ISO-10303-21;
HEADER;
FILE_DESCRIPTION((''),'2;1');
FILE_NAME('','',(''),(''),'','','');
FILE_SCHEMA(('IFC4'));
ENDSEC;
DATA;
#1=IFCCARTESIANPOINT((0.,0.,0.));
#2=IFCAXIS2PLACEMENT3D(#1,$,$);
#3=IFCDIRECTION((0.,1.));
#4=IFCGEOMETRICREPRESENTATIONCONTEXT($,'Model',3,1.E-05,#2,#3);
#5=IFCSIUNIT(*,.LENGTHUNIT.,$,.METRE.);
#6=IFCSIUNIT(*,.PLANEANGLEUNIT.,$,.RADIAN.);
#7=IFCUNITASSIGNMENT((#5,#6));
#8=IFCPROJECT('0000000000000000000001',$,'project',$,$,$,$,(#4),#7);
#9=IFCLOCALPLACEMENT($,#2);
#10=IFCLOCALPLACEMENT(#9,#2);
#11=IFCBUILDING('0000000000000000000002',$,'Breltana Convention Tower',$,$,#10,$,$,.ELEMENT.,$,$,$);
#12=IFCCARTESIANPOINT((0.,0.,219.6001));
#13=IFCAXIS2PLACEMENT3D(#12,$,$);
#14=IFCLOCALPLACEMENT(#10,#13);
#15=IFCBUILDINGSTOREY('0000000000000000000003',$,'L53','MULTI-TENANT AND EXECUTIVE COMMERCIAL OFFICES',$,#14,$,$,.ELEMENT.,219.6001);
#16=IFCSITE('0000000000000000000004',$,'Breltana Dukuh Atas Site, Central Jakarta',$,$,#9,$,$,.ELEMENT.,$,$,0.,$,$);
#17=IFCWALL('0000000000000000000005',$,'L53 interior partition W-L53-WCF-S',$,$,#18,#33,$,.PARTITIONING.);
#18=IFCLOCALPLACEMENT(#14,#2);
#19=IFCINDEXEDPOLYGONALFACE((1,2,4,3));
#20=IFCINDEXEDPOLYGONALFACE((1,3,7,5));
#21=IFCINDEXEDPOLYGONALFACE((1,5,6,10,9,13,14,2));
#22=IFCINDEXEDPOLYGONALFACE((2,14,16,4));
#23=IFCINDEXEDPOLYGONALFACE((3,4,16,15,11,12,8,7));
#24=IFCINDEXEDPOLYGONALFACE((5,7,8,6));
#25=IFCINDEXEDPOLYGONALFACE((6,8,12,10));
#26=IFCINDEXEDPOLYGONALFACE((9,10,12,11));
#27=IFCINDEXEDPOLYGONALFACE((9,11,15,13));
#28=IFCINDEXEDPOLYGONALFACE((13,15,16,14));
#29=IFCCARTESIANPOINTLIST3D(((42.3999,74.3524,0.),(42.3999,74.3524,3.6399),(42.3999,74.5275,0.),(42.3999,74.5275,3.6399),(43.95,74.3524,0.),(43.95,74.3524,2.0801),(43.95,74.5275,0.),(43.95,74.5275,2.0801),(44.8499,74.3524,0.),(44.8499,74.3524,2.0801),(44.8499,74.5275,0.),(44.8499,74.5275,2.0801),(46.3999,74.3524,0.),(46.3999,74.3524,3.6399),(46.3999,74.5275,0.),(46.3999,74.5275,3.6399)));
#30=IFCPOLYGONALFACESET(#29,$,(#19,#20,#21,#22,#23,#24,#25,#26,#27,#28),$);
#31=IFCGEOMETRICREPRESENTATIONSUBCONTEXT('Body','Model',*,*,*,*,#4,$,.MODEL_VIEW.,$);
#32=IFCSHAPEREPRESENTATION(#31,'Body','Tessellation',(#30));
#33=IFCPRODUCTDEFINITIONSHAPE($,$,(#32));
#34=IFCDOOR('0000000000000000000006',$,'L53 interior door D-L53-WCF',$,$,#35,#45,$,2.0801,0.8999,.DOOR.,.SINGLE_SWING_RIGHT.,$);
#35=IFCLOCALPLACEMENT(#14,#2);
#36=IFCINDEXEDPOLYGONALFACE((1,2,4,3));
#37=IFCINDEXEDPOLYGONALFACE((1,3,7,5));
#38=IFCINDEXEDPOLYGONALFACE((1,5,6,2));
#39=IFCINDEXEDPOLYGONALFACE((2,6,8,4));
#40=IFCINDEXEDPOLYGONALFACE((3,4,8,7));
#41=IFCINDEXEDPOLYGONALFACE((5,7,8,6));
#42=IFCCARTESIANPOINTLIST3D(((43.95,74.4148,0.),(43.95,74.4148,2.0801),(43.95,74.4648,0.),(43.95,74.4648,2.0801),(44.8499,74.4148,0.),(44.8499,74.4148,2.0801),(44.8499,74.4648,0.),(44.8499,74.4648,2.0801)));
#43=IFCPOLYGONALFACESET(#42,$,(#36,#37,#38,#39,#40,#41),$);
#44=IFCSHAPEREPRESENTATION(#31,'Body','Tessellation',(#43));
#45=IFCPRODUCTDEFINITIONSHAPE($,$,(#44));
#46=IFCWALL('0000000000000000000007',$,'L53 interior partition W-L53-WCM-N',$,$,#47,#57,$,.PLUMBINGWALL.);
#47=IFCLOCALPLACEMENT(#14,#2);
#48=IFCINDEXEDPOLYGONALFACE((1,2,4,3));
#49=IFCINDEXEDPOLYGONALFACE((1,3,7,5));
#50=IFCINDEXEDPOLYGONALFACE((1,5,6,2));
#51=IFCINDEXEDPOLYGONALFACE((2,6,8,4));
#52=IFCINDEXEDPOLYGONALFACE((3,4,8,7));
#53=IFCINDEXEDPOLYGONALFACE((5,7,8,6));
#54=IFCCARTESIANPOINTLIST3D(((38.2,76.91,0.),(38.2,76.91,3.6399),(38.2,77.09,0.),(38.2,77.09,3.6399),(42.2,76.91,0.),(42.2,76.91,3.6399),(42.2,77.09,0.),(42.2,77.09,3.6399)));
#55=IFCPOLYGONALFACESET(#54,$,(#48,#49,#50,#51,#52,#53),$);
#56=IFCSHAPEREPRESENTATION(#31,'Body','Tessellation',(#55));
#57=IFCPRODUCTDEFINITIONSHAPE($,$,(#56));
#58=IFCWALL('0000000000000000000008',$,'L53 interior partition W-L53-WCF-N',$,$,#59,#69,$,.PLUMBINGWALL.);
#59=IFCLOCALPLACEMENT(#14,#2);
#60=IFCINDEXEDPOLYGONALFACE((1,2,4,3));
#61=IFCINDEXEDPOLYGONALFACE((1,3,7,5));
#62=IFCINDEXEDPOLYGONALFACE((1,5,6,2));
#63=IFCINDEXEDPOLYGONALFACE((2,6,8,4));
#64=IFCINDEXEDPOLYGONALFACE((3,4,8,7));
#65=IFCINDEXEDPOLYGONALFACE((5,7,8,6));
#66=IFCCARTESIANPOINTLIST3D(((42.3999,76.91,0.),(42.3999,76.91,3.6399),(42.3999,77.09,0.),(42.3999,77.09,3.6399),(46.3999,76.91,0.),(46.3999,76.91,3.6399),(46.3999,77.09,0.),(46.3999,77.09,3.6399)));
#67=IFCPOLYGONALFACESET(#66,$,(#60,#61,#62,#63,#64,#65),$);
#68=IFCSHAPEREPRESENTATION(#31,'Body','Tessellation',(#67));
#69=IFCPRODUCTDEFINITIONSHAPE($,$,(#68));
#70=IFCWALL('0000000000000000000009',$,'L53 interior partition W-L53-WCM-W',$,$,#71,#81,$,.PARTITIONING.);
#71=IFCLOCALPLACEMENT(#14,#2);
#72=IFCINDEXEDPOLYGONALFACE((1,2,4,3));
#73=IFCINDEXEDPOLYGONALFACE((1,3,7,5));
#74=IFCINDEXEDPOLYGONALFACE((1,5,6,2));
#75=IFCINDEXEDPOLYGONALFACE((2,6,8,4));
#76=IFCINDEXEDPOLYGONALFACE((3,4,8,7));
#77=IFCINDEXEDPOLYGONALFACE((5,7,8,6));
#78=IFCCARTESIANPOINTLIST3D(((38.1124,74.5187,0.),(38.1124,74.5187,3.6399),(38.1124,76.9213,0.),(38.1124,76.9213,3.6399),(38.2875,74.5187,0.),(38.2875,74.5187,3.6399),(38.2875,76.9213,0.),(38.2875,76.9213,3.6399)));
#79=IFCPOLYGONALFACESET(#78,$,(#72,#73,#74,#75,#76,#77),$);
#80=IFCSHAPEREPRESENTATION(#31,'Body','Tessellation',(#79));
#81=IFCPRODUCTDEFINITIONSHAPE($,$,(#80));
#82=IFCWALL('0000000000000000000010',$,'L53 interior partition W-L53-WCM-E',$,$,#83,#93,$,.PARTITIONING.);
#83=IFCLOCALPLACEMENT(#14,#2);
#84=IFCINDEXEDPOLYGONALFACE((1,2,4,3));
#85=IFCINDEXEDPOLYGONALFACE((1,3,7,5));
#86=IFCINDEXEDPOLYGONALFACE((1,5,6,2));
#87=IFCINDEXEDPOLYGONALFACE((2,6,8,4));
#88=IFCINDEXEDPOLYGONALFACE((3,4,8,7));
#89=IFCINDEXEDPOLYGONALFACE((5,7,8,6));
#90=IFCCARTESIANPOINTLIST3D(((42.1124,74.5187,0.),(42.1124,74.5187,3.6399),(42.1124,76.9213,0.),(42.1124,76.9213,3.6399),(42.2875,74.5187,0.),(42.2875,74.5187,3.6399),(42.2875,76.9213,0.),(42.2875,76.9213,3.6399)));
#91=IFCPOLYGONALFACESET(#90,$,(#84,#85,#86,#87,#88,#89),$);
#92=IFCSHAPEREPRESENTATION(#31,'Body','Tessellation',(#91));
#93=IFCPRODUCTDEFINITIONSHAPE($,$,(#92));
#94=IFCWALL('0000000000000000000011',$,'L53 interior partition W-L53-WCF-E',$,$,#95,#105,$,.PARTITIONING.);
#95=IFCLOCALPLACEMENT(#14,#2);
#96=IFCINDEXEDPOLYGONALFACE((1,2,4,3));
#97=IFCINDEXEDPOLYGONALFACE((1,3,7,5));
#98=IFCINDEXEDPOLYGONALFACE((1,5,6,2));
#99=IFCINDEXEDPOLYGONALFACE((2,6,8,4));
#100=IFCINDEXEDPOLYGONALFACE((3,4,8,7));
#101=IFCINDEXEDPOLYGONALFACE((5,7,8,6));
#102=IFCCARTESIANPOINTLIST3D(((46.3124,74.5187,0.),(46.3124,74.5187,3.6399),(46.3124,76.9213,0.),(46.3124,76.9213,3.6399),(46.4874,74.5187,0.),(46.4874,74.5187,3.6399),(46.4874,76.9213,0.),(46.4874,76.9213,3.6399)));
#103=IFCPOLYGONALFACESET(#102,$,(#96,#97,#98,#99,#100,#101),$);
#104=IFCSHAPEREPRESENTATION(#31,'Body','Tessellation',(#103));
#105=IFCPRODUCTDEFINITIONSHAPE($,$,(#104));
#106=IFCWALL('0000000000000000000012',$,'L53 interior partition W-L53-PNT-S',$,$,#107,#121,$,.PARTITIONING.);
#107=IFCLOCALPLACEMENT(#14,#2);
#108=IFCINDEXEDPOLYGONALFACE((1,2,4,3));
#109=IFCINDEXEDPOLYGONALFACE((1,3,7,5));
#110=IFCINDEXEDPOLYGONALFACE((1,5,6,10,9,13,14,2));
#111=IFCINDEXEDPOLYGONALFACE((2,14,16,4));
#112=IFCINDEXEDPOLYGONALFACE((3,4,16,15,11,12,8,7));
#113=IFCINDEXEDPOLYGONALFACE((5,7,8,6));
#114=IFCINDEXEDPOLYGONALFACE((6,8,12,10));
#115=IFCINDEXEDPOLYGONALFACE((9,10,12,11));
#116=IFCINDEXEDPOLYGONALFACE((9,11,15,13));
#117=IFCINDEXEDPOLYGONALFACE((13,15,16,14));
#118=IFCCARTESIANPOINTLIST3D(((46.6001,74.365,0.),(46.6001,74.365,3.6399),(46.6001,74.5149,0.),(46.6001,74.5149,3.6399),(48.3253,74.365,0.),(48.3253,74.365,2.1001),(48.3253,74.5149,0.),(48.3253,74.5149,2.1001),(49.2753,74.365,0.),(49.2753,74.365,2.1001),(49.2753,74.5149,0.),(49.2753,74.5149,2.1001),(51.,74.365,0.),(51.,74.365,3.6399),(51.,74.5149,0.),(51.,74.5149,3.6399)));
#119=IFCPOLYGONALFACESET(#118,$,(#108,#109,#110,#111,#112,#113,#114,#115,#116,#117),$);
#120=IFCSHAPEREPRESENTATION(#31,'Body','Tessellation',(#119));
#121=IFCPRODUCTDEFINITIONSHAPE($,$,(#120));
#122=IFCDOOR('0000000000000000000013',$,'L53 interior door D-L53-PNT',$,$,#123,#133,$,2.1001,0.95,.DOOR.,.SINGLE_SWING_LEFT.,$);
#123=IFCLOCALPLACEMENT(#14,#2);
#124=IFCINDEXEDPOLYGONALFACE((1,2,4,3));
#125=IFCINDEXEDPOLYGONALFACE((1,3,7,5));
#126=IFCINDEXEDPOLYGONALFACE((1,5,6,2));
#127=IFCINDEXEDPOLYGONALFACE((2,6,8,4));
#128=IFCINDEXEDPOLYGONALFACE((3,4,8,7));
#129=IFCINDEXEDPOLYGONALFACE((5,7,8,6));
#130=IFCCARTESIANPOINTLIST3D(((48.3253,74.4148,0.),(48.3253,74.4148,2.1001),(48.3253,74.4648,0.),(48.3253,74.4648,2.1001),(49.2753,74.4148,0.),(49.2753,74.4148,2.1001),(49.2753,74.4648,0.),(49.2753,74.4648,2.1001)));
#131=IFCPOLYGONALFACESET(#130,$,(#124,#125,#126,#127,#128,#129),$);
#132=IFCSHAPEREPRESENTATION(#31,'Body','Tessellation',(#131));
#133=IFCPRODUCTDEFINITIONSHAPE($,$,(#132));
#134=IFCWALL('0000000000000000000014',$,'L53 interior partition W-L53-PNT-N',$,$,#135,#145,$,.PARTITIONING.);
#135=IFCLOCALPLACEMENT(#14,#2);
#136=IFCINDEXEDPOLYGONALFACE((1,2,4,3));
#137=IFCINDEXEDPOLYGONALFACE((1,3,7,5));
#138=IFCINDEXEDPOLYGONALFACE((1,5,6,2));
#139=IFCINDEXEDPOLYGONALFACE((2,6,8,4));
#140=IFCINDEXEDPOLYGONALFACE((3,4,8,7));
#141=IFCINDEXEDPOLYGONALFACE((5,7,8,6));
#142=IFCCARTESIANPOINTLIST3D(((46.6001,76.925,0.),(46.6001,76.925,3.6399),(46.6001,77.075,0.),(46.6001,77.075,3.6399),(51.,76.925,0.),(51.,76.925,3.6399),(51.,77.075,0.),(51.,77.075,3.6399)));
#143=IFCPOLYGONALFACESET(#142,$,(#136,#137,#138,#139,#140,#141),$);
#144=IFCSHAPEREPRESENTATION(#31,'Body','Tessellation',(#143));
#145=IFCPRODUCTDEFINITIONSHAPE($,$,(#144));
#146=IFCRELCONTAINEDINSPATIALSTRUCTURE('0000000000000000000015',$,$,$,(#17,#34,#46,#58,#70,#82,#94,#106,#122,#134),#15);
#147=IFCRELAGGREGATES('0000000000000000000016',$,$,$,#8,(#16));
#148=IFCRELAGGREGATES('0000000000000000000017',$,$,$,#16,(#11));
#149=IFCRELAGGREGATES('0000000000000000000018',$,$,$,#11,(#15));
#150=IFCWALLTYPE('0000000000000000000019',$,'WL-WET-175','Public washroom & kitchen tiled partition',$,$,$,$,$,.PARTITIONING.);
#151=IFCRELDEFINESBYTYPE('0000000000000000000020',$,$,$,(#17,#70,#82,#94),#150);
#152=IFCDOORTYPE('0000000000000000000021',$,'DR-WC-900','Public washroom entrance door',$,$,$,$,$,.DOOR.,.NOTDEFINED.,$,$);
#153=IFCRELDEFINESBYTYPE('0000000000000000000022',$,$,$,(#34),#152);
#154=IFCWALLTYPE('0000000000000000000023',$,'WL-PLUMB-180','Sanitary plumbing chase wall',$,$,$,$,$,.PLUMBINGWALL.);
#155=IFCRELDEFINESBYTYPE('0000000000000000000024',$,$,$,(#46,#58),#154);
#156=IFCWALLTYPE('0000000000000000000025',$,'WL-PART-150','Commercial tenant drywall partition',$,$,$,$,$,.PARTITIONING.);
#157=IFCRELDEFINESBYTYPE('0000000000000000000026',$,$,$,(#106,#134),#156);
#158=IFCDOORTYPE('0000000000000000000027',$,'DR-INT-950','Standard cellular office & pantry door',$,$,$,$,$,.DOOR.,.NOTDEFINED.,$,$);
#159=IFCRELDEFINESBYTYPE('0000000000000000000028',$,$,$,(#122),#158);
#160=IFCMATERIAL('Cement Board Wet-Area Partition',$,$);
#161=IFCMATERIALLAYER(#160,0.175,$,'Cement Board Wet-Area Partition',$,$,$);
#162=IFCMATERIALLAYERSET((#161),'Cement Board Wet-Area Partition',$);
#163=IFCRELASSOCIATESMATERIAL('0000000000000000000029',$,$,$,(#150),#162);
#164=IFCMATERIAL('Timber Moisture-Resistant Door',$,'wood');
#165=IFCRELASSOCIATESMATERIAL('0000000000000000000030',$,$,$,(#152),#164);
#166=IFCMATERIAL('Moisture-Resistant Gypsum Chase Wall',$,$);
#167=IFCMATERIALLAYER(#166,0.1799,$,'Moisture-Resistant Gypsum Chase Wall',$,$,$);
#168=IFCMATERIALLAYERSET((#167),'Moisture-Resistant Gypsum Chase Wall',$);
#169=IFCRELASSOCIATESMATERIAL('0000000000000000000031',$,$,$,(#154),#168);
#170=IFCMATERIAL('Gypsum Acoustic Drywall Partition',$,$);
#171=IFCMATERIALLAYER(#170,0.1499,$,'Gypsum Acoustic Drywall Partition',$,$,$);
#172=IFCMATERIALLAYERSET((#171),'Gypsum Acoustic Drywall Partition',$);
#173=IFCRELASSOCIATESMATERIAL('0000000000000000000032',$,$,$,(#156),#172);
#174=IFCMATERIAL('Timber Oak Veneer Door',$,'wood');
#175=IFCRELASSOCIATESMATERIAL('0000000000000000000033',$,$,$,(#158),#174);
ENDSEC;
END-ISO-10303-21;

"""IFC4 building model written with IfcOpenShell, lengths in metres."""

from ifc_helpers import new_model, si_unit, direction, frame, frame_2d, origin, place, context, subcontext, project, spatial, rectangle, extrude, source, transform, mapped, material, layer, layer_set, type_object, type_shapes, element, fill, save


model = new_model("IFC4")

# Units and contexts
model_context = context("Model", 3, precision=1e-05, world=origin(), true_north=direction((0.0, 1.0)))
body_context = subcontext(model_context, "Body", "Model", "MODEL_VIEW")
ifc_project = project(units=[si_unit("LENGTHUNIT", "METRE"), si_unit("PLANEANGLEUNIT", "RADIAN")], contexts=[model_context])

# Site, building, storey
site_placement = place(None, origin())
site = spatial("IfcSite", under=ifc_project, at=site_placement, Name="Breltana Dukuh Atas Site, Central Jakarta", CompositionType="ELEMENT", RefElevation=0.0)
building_placement = place(site_placement, origin())
building = spatial("IfcBuilding", under=site, at=building_placement, Name="Breltana Convention Tower", CompositionType="ELEMENT")
storey_placement = place(building_placement, frame((0.0, 0.0, 219.6001)))
storey = spatial("IfcBuildingStorey", under=building, at=storey_placement, Name="L53", Description="MULTI-TENANT AND EXECUTIVE COMMERCIAL OFFICES", CompositionType="ELEMENT", Elevation=219.6001)

# Wall, opening, door
ifc_material_1 = material(Name="Cement Board Wet-Area Partition")
ifc_layer_1 = layer(ifc_material_1, 0.175, Name="Cement Board Wet-Area Partition")
ifc_layer_set_1 = layer_set([ifc_layer_1], Name="Cement Board Wet-Area Partition")
wall_type_1 = type_object("IfcWallType", Name="WL-WET-175", Description="Public washroom & kitchen tiled partition", PredefinedType="PARTITIONING", material=ifc_layer_set_1)
shared_shape_1 = source(origin(), body_context, "Body", "SweptSolid", [
    extrude(rectangle(XDim=4.0, YDim=0.175, at=frame_2d((2.0, 0.0))), origin(), (0.0, 0.0, 1.0), 3.6399),
])
ifc_material_2 = material(Name="Timber Moisture-Resistant Door", Category="wood")
door_type_1 = type_object("IfcDoorType", Name="DR-WC-900", Description="Public washroom entrance door", OperationType="NOTDEFINED", PredefinedType="DOOR", material=ifc_material_2)
shared_shape_2 = source(origin(), body_context, "Body", "SweptSolid", [
    extrude(rectangle(XDim=0.8999, YDim=2.0801, at=frame_2d((0.45, 1.04))), frame((0.0, 0.0249, 0.0), z_axis=(0.0, -1.0, 0.0), x_axis=(1.0, 0.0, 0.0)), (0.0, 0.0, 1.0), 0.05),
])
type_shapes(door_type_1, [shared_shape_2])
wall_1_placement = place(storey_placement, frame((42.3999, 74.4399, 0.0), z_axis=(0.0, 0.0, 1.0), x_axis=(1.0, 0.0, 0.0)))
wall_1 = element("IfcWall", 1, at=wall_1_placement, inside=storey, type_object=wall_type_1, Name="L53 interior partition W-L53-WCF-S", PredefinedType="PARTITIONING", context=body_context, shape_type="MappedRepresentation", body=[
    mapped(shared_shape_1, transform((0.0, 0.0, 0.0), scale=1.0)),
])
opening_1_placement = place(wall_1_placement, frame((1.55, 0.0, 0.0)))
opening_1 = element("IfcOpeningElement", 2, at=opening_1_placement, cuts=wall_1, PredefinedType="OPENING", context=body_context, shape_type="SweptSolid", body=[
    extrude(rectangle(XDim=0.8999, YDim=2.0801, at=frame_2d((0.45, 1.04))), frame((0.0, 0.0977, 0.0), z_axis=(0.0, -1.0, 0.0), x_axis=(1.0, 0.0, 0.0)), (0.0, 0.0, 1.0), 0.1951),
])
door_1_placement = place(opening_1_placement, origin())
door_1 = element("IfcDoor", 3, at=door_1_placement, inside=storey, type_object=door_type_1, Name="L53 interior door D-L53-WCF", OperationType="SINGLE_SWING_RIGHT", OverallHeight=2.0801, OverallWidth=0.8999, PredefinedType="DOOR", context=body_context, shape_type="MappedRepresentation", body=[
    mapped(shared_shape_2, transform((0.0, 0.0, 0.0), scale=1.0)),
])
fill(opening_1, door_1)

# Walls
ifc_material_3 = material(Name="Moisture-Resistant Gypsum Chase Wall")
ifc_layer_2 = layer(ifc_material_3, 0.1799, Name="Moisture-Resistant Gypsum Chase Wall")
ifc_layer_set_2 = layer_set([ifc_layer_2], Name="Moisture-Resistant Gypsum Chase Wall")
wall_type_2 = type_object("IfcWallType", Name="WL-PLUMB-180", Description="Sanitary plumbing chase wall", PredefinedType="PLUMBINGWALL", material=ifc_layer_set_2)
shared_shape_3 = source(origin(), body_context, "Body", "SweptSolid", [
    extrude(rectangle(XDim=4.0, YDim=0.1799, at=frame_2d((2.0, 0.0))), origin(), (0.0, 0.0, 1.0), 3.6399),
])
for number, where, z_axis, x_axis, name in (
    (4, (38.2, 77.0, 0.0), (0.0, 0.0, 1.0), (1.0, 0.0, 0.0), "L53 interior partition W-L53-WCM-N"),
    (5, (42.3999, 77.0, 0.0), (0.0, 0.0, 1.0), (1.0, 0.0, 0.0), "L53 interior partition W-L53-WCF-N"),
):
    element("IfcWall", number, at=place(storey_placement, frame(where, z_axis=z_axis, x_axis=x_axis)), inside=storey, type_object=wall_type_2, Name=name, PredefinedType="PLUMBINGWALL", context=body_context, shape_type="MappedRepresentation", body=[
        mapped(shared_shape_3, transform((0.0, 0.0, 0.0), scale=1.0)),
    ])
shared_shape_4 = source(origin(), body_context, "Body", "SweptSolid", [
    extrude(rectangle(XDim=2.4026, YDim=0.175, at=frame_2d((1.2012, 0.0))), origin(), (0.0, 0.0, 1.0), 3.6399),
])
for number, where, z_axis, x_axis, name in (
    (6, (38.2, 74.5188, 0.0), (0.0, 0.0, 1.0), (0.0, 1.0, 0.0), "L53 interior partition W-L53-WCM-W"),
    (7, (42.2, 74.5188, 0.0), (0.0, 0.0, 1.0), (0.0, 1.0, 0.0), "L53 interior partition W-L53-WCM-E"),
    (8, (46.3999, 74.5188, 0.0), (0.0, 0.0, 1.0), (0.0, 1.0, 0.0), "L53 interior partition W-L53-WCF-E"),
):
    element("IfcWall", number, at=place(storey_placement, frame(where, z_axis=z_axis, x_axis=x_axis)), inside=storey, type_object=wall_type_1, Name=name, PredefinedType="PARTITIONING", context=body_context, shape_type="MappedRepresentation", body=[
        mapped(shared_shape_4, transform((0.0, 0.0, 0.0), scale=1.0)),
    ])

# Wall, opening, door
ifc_material_4 = material(Name="Gypsum Acoustic Drywall Partition")
ifc_layer_3 = layer(ifc_material_4, 0.1499, Name="Gypsum Acoustic Drywall Partition")
ifc_layer_set_3 = layer_set([ifc_layer_3], Name="Gypsum Acoustic Drywall Partition")
wall_type_3 = type_object("IfcWallType", Name="WL-PART-150", Description="Commercial tenant drywall partition", PredefinedType="PARTITIONING", material=ifc_layer_set_3)
shared_shape_5 = source(origin(), body_context, "Body", "SweptSolid", [
    extrude(rectangle(XDim=4.3999, YDim=0.1499, at=frame_2d((2.2, 0.0))), origin(), (0.0, 0.0, 1.0), 3.6399),
])
wall_2_placement = place(storey_placement, frame((46.6001, 74.4399, 0.0), z_axis=(0.0, 0.0, 1.0), x_axis=(1.0, 0.0, 0.0)))
wall_2 = element("IfcWall", 9, at=wall_2_placement, inside=storey, type_object=wall_type_3, Name="L53 interior partition W-L53-PNT-S", PredefinedType="PARTITIONING", context=body_context, shape_type="MappedRepresentation", body=[
    mapped(shared_shape_5, transform((0.0, 0.0, 0.0), scale=1.0)),
])
opening_2_placement = place(wall_2_placement, frame((1.7251, 0.0, 0.0)))
opening_2 = element("IfcOpeningElement", 10, at=opening_2_placement, cuts=wall_2, PredefinedType="OPENING", context=body_context, shape_type="SweptSolid", body=[
    extrude(rectangle(XDim=0.95, YDim=2.1001, at=frame_2d((0.4751, 1.05))), frame((0.0, 0.085, 0.0), z_axis=(0.0, -1.0, 0.0), x_axis=(1.0, 0.0, 0.0)), (0.0, 0.0, 1.0), 0.1699),
])
ifc_material_5 = material(Name="Timber Oak Veneer Door", Category="wood")
door_type_2 = type_object("IfcDoorType", Name="DR-INT-950", Description="Standard cellular office & pantry door", OperationType="NOTDEFINED", PredefinedType="DOOR", material=ifc_material_5)
shared_shape_6 = source(origin(), body_context, "Body", "SweptSolid", [
    extrude(rectangle(XDim=0.95, YDim=2.1001, at=frame_2d((0.4751, 1.05))), frame((0.0, 0.0249, 0.0), z_axis=(0.0, -1.0, 0.0), x_axis=(1.0, 0.0, 0.0)), (0.0, 0.0, 1.0), 0.05),
])
type_shapes(door_type_2, [shared_shape_6])
door_2_placement = place(opening_2_placement, origin())
door_2 = element("IfcDoor", 11, at=door_2_placement, inside=storey, type_object=door_type_2, Name="L53 interior door D-L53-PNT", OperationType="SINGLE_SWING_LEFT", OverallHeight=2.1001, OverallWidth=0.95, PredefinedType="DOOR", context=body_context, shape_type="MappedRepresentation", body=[
    mapped(shared_shape_6, transform((0.0, 0.0, 0.0), scale=1.0)),
])
fill(opening_2, door_2)

# Wall
wall_3_placement = place(storey_placement, frame((46.6001, 77.0, 0.0), z_axis=(0.0, 0.0, 1.0), x_axis=(1.0, 0.0, 0.0)))
element("IfcWall", 12, at=wall_3_placement, inside=storey, type_object=wall_type_3, Name="L53 interior partition W-L53-PNT-N", PredefinedType="PARTITIONING", context=body_context, shape_type="MappedRepresentation", body=[
    mapped(shared_shape_5, transform((0.0, 0.0, 0.0), scale=1.0)),
])

save(model, "model.ifc")
